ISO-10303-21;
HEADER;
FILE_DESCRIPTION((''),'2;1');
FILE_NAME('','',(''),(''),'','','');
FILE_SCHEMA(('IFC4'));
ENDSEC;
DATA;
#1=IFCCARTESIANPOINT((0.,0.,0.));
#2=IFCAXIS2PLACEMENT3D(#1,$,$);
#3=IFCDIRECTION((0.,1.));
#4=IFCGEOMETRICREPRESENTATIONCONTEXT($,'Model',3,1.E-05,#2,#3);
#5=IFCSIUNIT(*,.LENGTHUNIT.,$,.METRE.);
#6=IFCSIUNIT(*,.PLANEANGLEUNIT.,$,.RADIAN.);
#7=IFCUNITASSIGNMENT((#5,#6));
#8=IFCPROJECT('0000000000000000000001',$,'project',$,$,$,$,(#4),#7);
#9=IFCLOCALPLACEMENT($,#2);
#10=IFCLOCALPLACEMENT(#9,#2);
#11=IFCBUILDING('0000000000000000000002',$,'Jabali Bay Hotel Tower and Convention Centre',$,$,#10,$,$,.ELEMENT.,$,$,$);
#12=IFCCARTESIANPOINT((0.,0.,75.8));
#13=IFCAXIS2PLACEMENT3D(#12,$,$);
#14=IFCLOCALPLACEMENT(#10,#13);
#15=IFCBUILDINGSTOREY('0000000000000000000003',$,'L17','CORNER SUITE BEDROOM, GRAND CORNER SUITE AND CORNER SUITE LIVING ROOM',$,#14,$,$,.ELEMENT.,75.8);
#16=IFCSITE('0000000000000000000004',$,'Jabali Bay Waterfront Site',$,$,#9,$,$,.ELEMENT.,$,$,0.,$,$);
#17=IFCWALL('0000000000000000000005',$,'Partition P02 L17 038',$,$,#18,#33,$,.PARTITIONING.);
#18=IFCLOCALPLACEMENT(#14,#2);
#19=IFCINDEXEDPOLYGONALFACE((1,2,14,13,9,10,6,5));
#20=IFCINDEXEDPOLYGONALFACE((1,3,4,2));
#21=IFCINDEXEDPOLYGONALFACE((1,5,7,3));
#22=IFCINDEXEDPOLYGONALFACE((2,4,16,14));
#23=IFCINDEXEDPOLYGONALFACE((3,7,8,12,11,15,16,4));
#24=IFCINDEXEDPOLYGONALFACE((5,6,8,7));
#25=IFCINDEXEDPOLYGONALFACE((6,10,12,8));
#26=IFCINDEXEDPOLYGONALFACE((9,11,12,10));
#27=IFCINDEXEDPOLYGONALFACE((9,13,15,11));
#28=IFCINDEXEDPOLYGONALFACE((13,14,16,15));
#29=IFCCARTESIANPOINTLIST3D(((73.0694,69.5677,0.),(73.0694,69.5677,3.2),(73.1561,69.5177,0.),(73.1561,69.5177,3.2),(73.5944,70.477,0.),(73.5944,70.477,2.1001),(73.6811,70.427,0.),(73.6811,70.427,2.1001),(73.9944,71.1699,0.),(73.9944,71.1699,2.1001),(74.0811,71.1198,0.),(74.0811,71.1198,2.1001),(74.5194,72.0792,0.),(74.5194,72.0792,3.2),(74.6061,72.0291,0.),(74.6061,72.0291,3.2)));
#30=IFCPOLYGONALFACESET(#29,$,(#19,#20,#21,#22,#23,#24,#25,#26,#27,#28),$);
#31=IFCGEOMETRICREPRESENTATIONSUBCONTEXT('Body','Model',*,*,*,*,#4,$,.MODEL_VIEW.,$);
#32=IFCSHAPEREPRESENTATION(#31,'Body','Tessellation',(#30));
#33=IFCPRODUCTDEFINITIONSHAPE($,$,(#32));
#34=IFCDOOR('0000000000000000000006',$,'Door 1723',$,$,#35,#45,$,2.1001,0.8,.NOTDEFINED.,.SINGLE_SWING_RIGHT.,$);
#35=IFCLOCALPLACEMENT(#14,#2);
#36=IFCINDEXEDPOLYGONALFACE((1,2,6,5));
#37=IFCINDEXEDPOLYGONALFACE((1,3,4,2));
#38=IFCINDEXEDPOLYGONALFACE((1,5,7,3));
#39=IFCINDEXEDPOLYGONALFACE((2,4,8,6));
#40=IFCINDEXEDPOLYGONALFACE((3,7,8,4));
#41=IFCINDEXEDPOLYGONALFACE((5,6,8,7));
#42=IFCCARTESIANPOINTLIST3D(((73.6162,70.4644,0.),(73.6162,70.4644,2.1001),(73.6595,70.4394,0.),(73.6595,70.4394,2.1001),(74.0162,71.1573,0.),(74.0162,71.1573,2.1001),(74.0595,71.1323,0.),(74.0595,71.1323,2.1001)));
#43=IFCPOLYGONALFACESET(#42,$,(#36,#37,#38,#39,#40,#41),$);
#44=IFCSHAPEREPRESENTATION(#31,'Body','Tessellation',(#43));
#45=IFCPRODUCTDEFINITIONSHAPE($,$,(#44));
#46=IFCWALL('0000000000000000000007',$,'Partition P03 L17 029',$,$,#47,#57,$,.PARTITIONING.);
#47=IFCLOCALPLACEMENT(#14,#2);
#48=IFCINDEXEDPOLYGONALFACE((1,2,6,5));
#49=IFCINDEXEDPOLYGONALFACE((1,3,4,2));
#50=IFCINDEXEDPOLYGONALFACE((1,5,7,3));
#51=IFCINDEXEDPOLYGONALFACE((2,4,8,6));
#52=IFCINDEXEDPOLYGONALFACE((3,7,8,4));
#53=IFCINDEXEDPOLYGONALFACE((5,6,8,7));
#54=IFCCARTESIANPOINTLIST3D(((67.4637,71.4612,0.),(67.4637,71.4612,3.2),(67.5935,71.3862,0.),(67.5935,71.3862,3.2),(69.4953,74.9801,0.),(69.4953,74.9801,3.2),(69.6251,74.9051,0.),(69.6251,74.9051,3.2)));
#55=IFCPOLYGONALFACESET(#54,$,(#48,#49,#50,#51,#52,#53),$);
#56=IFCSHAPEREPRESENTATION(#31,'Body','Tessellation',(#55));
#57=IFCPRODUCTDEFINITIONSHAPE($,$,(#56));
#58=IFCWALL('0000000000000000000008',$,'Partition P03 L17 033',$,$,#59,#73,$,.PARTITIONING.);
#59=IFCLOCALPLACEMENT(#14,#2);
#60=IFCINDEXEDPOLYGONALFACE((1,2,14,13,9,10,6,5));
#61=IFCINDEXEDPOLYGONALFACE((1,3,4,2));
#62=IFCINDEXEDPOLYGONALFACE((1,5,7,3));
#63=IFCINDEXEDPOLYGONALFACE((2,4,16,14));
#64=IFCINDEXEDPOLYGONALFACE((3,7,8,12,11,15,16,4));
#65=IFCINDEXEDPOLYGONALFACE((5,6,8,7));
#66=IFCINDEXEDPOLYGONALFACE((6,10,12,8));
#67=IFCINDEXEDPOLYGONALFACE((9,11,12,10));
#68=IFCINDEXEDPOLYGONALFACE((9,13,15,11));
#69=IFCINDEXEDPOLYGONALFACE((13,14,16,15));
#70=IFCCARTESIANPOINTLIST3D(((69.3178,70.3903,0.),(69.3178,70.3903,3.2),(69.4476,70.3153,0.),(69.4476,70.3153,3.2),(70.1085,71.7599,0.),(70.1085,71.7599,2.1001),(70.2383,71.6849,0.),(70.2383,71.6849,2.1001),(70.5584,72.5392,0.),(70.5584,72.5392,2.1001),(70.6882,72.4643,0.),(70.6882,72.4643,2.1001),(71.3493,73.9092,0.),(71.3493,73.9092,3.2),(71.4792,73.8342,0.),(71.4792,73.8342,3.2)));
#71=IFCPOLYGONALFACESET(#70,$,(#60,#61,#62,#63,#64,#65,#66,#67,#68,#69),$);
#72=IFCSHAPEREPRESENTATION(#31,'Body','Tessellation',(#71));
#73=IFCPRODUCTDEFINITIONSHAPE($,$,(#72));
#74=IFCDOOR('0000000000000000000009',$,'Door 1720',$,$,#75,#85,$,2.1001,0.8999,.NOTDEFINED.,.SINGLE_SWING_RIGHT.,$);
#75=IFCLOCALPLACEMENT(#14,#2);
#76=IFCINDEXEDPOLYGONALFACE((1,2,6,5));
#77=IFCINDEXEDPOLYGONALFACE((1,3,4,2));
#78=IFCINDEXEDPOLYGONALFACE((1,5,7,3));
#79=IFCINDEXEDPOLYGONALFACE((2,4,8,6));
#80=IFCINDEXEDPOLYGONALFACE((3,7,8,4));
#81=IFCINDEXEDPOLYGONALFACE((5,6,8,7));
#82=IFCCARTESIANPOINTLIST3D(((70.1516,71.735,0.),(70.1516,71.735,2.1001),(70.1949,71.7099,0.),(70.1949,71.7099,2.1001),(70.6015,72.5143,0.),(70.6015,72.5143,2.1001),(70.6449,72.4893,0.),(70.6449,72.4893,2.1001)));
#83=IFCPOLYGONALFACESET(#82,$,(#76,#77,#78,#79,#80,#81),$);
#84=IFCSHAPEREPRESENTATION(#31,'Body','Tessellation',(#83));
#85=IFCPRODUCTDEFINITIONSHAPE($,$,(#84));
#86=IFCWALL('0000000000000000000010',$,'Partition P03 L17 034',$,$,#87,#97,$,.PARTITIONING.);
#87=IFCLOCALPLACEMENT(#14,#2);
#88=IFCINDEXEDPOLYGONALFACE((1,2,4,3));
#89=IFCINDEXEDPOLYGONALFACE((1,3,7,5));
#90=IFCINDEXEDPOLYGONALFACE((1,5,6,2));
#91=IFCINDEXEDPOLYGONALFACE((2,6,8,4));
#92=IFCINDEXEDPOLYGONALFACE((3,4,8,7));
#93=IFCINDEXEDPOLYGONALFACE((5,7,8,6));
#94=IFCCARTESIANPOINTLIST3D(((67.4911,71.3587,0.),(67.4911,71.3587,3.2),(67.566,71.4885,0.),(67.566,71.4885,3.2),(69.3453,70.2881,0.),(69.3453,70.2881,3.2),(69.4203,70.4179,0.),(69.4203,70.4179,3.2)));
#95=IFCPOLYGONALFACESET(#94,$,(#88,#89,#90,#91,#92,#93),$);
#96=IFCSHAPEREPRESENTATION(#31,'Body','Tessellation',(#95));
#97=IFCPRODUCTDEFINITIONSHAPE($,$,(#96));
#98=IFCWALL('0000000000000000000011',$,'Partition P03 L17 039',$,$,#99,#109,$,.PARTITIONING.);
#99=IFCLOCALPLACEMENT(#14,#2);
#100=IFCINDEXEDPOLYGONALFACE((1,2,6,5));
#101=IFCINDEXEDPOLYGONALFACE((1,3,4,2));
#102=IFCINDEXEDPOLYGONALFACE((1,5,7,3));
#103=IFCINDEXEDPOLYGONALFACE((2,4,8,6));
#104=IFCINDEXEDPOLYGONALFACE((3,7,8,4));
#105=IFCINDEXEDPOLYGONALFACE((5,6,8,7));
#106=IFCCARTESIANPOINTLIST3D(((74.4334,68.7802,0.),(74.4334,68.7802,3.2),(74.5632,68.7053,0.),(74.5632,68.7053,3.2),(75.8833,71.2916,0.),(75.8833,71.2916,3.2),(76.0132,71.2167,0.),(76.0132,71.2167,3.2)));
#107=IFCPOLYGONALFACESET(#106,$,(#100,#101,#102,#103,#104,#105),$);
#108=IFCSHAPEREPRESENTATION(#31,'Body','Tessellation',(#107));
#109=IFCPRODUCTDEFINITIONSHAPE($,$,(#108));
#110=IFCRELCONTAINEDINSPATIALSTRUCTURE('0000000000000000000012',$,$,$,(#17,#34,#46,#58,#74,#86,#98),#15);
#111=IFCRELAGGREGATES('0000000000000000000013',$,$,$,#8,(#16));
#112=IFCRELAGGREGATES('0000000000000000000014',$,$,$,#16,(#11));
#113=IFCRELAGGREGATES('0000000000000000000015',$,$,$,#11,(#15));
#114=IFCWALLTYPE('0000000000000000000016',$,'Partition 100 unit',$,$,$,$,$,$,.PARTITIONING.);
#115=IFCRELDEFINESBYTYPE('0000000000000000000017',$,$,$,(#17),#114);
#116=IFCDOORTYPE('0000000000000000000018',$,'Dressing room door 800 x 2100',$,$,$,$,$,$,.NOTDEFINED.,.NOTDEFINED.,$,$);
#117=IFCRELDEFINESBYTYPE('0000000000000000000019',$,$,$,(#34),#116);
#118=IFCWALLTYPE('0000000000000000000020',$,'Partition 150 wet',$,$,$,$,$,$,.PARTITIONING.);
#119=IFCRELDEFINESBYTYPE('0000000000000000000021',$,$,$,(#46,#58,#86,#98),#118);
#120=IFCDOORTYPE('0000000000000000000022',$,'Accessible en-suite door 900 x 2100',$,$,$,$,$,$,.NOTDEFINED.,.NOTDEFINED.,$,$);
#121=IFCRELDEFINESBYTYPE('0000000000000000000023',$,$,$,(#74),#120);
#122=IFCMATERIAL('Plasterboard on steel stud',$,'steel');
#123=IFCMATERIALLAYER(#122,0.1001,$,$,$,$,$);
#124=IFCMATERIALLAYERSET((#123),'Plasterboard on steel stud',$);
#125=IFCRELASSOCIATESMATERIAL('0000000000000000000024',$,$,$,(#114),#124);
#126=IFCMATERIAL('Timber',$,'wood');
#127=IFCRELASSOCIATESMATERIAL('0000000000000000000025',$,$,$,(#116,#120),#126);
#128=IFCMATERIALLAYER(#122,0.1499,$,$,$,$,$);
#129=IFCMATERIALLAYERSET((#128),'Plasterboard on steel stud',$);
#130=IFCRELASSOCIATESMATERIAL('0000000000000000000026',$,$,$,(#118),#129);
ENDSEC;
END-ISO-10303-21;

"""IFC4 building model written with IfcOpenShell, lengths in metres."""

from ifc_helpers import new_model, si_unit, direction, frame, frame_2d, origin, place, context, subcontext, project, spatial, rectangle, extrude, material, layer, layer_set, type_object, element, fill, save


model = new_model("IFC4")

# Units and contexts
model_context = context("Model", 3, precision=1e-05, world=origin(), true_north=direction((0.0, 1.0)))
body_context = subcontext(model_context, "Body", "Model", "MODEL_VIEW")
ifc_project = project(units=[si_unit("LENGTHUNIT", "METRE"), si_unit("PLANEANGLEUNIT", "RADIAN")], contexts=[model_context])

# Site, building, storey
site_placement = place(None, origin())
site = spatial("IfcSite", under=ifc_project, at=site_placement, Name="Jabali Bay Waterfront Site", CompositionType="ELEMENT", RefElevation=0.0)
building_placement = place(site_placement, origin())
building = spatial("IfcBuilding", under=site, at=building_placement, Name="Jabali Bay Hotel Tower and Convention Centre", CompositionType="ELEMENT")
storey_placement = place(building_placement, frame((0.0, 0.0, 75.8)))
storey = spatial("IfcBuildingStorey", under=building, at=storey_placement, Name="L17", Description="CORNER SUITE BEDROOM, GRAND CORNER SUITE AND CORNER SUITE LIVING ROOM", CompositionType="ELEMENT", Elevation=75.8)

# Shared definitions
ifc_material_1 = material(Name="Timber", Category="wood")

# Wall, opening, door
ifc_material_2 = material(Name="Plasterboard on steel stud", Category="steel")
ifc_layer_1 = layer(ifc_material_2, 0.1001)
ifc_layer_set_1 = layer_set([ifc_layer_1], Name="Plasterboard on steel stud")
wall_type_1 = type_object("IfcWallType", Name="Partition 100 unit", PredefinedType="PARTITIONING", material=ifc_layer_set_1)
wall_1_placement = place(storey_placement, frame((73.1128, 69.5427, 0.0), z_axis=(0.0, 0.0, 1.0), x_axis=(0.499987, 0.866033, 0.0)))
wall_1 = element("IfcWall", 1, at=wall_1_placement, inside=storey, type_object=wall_type_1, Name="Partition P02 L17 038", PredefinedType="PARTITIONING", context=body_context, shape_type="SweptSolid", body=[
    extrude(rectangle(XDim=2.8999, YDim=0.1001, at=frame_2d((1.45, 0.0))), origin(), (0.0, 0.0, 1.0), 3.2),
])
opening_1_placement = place(wall_1_placement, frame((1.05, 0.0, 0.0)))
opening_1 = element("IfcOpeningElement", 2, at=opening_1_placement, cuts=wall_1, PredefinedType="OPENING", context=body_context, shape_type="SweptSolid", body=[
    extrude(rectangle(XDim=0.8, YDim=2.1001, at=frame_2d((0.3999, 1.05))), frame((0.0, 0.0605, 0.0), z_axis=(0.0, -1.0, 0.0), x_axis=(1.0, 0.0, 0.0)), (0.0, 0.0, 1.0), 0.1211),
])
door_type_1 = type_object("IfcDoorType", Name="Dressing room door 800 x 2100", OperationType="NOTDEFINED", PredefinedType="NOTDEFINED", material=ifc_material_1)
door_1_placement = place(opening_1_placement, origin())
door_1 = element("IfcDoor", 3, at=door_1_placement, inside=storey, type_object=door_type_1, Name="Door 1723", OperationType="SINGLE_SWING_RIGHT", OverallHeight=2.1001, OverallWidth=0.8, PredefinedType="NOTDEFINED", context=body_context, shape_type="SweptSolid", body=[
    extrude(rectangle(XDim=0.8, YDim=2.1001, at=frame_2d((0.3999, 1.05))), frame((0.0, 0.0249, 0.0), z_axis=(0.0, -1.0, 0.0), x_axis=(1.0, 0.0, 0.0)), (0.0, 0.0, 1.0), 0.05),
])
fill(opening_1, door_1)

# Wall
ifc_layer_2 = layer(ifc_material_2, 0.1499)
ifc_layer_set_2 = layer_set([ifc_layer_2], Name="Plasterboard on steel stud")
wall_type_2 = type_object("IfcWallType", Name="Partition 150 wet", PredefinedType="PARTITIONING", material=ifc_layer_set_2)
wall_2_placement = place(storey_placement, frame((67.5286, 71.4236, 0.0), z_axis=(0.0, 0.0, 1.0), x_axis=(0.499984, 0.866034, 0.0)))
element("IfcWall", 4, at=wall_2_placement, inside=storey, type_object=wall_type_2, Name="Partition P03 L17 029", PredefinedType="PARTITIONING", context=body_context, shape_type="SweptSolid", body=[
    extrude(rectangle(XDim=4.0632, YDim=0.1499, at=frame_2d((2.0317, 0.0))), origin(), (0.0, 0.0, 1.0), 3.2),
])

# Wall, opening, door
wall_3_placement = place(storey_placement, frame((71.4143, 73.8718, 0.0), z_axis=(0.0, 0.0, 1.0), x_axis=(-0.499984, -0.866034, 0.0)))
wall_3 = element("IfcWall", 5, at=wall_3_placement, inside=storey, type_object=wall_type_2, Name="Partition P03 L17 033", PredefinedType="PARTITIONING", context=body_context, shape_type="SweptSolid", body=[
    extrude(rectangle(XDim=4.0632, YDim=0.1499, at=frame_2d((2.0317, 0.0))), origin(), (0.0, 0.0, 1.0), 3.2),
])
opening_2_placement = place(wall_3_placement, frame((1.582, 0.0, 0.0)))
opening_2 = element("IfcOpeningElement", 6, at=opening_2_placement, cuts=wall_3, PredefinedType="OPENING", context=body_context, shape_type="SweptSolid", body=[
    extrude(rectangle(XDim=0.8999, YDim=2.1001, at=frame_2d((0.45, 1.05))), frame((0.0, 0.0854, 0.0), z_axis=(0.0, -1.0, 0.0), x_axis=(1.0, 0.0, 0.0)), (0.0, 0.0, 1.0), 0.1709),
])
door_type_2 = type_object("IfcDoorType", Name="Accessible en-suite door 900 x 2100", OperationType="NOTDEFINED", PredefinedType="NOTDEFINED", material=ifc_material_1)
door_2_placement = place(opening_2_placement, origin())
door_2 = element("IfcDoor", 7, at=door_2_placement, inside=storey, type_object=door_type_2, Name="Door 1720", OperationType="SINGLE_SWING_RIGHT", OverallHeight=2.1001, OverallWidth=0.8999, PredefinedType="NOTDEFINED", context=body_context, shape_type="SweptSolid", body=[
    extrude(rectangle(XDim=0.8999, YDim=2.1001, at=frame_2d((0.45, 1.05))), frame((0.0, 0.0249, 0.0), z_axis=(0.0, -1.0, 0.0), x_axis=(1.0, 0.0, 0.0)), (0.0, 0.0, 1.0), 0.05),
])
fill(opening_2, door_2)

# Walls
wall_4_placement = place(storey_placement, frame((69.3828, 70.353, 0.0), z_axis=(0.0, 0.0, 1.0), x_axis=(-0.866024, 0.500002, 0.0)))
element("IfcWall", 8, at=wall_4_placement, inside=storey, type_object=wall_type_2, Name="Partition P03 L17 034", PredefinedType="PARTITIONING", context=body_context, shape_type="SweptSolid", body=[
    extrude(rectangle(XDim=2.1411, YDim=0.1499, at=frame_2d((1.0706, 0.0))), origin(), (0.0, 0.0, 1.0), 3.2),
])
wall_5_placement = place(storey_placement, frame((75.9482, 71.2542, 0.0), z_axis=(0.0, 0.0, 1.0), x_axis=(-0.499987, -0.866033, 0.0)))
element("IfcWall", 9, at=wall_5_placement, inside=storey, type_object=wall_type_2, Name="Partition P03 L17 039", PredefinedType="PARTITIONING", context=body_context, shape_type="SweptSolid", body=[
    extrude(rectangle(XDim=2.8999, YDim=0.1499, at=frame_2d((1.45, 0.0))), origin(), (0.0, 0.0, 1.0), 3.2),
])

save(model, "model.ifc")
